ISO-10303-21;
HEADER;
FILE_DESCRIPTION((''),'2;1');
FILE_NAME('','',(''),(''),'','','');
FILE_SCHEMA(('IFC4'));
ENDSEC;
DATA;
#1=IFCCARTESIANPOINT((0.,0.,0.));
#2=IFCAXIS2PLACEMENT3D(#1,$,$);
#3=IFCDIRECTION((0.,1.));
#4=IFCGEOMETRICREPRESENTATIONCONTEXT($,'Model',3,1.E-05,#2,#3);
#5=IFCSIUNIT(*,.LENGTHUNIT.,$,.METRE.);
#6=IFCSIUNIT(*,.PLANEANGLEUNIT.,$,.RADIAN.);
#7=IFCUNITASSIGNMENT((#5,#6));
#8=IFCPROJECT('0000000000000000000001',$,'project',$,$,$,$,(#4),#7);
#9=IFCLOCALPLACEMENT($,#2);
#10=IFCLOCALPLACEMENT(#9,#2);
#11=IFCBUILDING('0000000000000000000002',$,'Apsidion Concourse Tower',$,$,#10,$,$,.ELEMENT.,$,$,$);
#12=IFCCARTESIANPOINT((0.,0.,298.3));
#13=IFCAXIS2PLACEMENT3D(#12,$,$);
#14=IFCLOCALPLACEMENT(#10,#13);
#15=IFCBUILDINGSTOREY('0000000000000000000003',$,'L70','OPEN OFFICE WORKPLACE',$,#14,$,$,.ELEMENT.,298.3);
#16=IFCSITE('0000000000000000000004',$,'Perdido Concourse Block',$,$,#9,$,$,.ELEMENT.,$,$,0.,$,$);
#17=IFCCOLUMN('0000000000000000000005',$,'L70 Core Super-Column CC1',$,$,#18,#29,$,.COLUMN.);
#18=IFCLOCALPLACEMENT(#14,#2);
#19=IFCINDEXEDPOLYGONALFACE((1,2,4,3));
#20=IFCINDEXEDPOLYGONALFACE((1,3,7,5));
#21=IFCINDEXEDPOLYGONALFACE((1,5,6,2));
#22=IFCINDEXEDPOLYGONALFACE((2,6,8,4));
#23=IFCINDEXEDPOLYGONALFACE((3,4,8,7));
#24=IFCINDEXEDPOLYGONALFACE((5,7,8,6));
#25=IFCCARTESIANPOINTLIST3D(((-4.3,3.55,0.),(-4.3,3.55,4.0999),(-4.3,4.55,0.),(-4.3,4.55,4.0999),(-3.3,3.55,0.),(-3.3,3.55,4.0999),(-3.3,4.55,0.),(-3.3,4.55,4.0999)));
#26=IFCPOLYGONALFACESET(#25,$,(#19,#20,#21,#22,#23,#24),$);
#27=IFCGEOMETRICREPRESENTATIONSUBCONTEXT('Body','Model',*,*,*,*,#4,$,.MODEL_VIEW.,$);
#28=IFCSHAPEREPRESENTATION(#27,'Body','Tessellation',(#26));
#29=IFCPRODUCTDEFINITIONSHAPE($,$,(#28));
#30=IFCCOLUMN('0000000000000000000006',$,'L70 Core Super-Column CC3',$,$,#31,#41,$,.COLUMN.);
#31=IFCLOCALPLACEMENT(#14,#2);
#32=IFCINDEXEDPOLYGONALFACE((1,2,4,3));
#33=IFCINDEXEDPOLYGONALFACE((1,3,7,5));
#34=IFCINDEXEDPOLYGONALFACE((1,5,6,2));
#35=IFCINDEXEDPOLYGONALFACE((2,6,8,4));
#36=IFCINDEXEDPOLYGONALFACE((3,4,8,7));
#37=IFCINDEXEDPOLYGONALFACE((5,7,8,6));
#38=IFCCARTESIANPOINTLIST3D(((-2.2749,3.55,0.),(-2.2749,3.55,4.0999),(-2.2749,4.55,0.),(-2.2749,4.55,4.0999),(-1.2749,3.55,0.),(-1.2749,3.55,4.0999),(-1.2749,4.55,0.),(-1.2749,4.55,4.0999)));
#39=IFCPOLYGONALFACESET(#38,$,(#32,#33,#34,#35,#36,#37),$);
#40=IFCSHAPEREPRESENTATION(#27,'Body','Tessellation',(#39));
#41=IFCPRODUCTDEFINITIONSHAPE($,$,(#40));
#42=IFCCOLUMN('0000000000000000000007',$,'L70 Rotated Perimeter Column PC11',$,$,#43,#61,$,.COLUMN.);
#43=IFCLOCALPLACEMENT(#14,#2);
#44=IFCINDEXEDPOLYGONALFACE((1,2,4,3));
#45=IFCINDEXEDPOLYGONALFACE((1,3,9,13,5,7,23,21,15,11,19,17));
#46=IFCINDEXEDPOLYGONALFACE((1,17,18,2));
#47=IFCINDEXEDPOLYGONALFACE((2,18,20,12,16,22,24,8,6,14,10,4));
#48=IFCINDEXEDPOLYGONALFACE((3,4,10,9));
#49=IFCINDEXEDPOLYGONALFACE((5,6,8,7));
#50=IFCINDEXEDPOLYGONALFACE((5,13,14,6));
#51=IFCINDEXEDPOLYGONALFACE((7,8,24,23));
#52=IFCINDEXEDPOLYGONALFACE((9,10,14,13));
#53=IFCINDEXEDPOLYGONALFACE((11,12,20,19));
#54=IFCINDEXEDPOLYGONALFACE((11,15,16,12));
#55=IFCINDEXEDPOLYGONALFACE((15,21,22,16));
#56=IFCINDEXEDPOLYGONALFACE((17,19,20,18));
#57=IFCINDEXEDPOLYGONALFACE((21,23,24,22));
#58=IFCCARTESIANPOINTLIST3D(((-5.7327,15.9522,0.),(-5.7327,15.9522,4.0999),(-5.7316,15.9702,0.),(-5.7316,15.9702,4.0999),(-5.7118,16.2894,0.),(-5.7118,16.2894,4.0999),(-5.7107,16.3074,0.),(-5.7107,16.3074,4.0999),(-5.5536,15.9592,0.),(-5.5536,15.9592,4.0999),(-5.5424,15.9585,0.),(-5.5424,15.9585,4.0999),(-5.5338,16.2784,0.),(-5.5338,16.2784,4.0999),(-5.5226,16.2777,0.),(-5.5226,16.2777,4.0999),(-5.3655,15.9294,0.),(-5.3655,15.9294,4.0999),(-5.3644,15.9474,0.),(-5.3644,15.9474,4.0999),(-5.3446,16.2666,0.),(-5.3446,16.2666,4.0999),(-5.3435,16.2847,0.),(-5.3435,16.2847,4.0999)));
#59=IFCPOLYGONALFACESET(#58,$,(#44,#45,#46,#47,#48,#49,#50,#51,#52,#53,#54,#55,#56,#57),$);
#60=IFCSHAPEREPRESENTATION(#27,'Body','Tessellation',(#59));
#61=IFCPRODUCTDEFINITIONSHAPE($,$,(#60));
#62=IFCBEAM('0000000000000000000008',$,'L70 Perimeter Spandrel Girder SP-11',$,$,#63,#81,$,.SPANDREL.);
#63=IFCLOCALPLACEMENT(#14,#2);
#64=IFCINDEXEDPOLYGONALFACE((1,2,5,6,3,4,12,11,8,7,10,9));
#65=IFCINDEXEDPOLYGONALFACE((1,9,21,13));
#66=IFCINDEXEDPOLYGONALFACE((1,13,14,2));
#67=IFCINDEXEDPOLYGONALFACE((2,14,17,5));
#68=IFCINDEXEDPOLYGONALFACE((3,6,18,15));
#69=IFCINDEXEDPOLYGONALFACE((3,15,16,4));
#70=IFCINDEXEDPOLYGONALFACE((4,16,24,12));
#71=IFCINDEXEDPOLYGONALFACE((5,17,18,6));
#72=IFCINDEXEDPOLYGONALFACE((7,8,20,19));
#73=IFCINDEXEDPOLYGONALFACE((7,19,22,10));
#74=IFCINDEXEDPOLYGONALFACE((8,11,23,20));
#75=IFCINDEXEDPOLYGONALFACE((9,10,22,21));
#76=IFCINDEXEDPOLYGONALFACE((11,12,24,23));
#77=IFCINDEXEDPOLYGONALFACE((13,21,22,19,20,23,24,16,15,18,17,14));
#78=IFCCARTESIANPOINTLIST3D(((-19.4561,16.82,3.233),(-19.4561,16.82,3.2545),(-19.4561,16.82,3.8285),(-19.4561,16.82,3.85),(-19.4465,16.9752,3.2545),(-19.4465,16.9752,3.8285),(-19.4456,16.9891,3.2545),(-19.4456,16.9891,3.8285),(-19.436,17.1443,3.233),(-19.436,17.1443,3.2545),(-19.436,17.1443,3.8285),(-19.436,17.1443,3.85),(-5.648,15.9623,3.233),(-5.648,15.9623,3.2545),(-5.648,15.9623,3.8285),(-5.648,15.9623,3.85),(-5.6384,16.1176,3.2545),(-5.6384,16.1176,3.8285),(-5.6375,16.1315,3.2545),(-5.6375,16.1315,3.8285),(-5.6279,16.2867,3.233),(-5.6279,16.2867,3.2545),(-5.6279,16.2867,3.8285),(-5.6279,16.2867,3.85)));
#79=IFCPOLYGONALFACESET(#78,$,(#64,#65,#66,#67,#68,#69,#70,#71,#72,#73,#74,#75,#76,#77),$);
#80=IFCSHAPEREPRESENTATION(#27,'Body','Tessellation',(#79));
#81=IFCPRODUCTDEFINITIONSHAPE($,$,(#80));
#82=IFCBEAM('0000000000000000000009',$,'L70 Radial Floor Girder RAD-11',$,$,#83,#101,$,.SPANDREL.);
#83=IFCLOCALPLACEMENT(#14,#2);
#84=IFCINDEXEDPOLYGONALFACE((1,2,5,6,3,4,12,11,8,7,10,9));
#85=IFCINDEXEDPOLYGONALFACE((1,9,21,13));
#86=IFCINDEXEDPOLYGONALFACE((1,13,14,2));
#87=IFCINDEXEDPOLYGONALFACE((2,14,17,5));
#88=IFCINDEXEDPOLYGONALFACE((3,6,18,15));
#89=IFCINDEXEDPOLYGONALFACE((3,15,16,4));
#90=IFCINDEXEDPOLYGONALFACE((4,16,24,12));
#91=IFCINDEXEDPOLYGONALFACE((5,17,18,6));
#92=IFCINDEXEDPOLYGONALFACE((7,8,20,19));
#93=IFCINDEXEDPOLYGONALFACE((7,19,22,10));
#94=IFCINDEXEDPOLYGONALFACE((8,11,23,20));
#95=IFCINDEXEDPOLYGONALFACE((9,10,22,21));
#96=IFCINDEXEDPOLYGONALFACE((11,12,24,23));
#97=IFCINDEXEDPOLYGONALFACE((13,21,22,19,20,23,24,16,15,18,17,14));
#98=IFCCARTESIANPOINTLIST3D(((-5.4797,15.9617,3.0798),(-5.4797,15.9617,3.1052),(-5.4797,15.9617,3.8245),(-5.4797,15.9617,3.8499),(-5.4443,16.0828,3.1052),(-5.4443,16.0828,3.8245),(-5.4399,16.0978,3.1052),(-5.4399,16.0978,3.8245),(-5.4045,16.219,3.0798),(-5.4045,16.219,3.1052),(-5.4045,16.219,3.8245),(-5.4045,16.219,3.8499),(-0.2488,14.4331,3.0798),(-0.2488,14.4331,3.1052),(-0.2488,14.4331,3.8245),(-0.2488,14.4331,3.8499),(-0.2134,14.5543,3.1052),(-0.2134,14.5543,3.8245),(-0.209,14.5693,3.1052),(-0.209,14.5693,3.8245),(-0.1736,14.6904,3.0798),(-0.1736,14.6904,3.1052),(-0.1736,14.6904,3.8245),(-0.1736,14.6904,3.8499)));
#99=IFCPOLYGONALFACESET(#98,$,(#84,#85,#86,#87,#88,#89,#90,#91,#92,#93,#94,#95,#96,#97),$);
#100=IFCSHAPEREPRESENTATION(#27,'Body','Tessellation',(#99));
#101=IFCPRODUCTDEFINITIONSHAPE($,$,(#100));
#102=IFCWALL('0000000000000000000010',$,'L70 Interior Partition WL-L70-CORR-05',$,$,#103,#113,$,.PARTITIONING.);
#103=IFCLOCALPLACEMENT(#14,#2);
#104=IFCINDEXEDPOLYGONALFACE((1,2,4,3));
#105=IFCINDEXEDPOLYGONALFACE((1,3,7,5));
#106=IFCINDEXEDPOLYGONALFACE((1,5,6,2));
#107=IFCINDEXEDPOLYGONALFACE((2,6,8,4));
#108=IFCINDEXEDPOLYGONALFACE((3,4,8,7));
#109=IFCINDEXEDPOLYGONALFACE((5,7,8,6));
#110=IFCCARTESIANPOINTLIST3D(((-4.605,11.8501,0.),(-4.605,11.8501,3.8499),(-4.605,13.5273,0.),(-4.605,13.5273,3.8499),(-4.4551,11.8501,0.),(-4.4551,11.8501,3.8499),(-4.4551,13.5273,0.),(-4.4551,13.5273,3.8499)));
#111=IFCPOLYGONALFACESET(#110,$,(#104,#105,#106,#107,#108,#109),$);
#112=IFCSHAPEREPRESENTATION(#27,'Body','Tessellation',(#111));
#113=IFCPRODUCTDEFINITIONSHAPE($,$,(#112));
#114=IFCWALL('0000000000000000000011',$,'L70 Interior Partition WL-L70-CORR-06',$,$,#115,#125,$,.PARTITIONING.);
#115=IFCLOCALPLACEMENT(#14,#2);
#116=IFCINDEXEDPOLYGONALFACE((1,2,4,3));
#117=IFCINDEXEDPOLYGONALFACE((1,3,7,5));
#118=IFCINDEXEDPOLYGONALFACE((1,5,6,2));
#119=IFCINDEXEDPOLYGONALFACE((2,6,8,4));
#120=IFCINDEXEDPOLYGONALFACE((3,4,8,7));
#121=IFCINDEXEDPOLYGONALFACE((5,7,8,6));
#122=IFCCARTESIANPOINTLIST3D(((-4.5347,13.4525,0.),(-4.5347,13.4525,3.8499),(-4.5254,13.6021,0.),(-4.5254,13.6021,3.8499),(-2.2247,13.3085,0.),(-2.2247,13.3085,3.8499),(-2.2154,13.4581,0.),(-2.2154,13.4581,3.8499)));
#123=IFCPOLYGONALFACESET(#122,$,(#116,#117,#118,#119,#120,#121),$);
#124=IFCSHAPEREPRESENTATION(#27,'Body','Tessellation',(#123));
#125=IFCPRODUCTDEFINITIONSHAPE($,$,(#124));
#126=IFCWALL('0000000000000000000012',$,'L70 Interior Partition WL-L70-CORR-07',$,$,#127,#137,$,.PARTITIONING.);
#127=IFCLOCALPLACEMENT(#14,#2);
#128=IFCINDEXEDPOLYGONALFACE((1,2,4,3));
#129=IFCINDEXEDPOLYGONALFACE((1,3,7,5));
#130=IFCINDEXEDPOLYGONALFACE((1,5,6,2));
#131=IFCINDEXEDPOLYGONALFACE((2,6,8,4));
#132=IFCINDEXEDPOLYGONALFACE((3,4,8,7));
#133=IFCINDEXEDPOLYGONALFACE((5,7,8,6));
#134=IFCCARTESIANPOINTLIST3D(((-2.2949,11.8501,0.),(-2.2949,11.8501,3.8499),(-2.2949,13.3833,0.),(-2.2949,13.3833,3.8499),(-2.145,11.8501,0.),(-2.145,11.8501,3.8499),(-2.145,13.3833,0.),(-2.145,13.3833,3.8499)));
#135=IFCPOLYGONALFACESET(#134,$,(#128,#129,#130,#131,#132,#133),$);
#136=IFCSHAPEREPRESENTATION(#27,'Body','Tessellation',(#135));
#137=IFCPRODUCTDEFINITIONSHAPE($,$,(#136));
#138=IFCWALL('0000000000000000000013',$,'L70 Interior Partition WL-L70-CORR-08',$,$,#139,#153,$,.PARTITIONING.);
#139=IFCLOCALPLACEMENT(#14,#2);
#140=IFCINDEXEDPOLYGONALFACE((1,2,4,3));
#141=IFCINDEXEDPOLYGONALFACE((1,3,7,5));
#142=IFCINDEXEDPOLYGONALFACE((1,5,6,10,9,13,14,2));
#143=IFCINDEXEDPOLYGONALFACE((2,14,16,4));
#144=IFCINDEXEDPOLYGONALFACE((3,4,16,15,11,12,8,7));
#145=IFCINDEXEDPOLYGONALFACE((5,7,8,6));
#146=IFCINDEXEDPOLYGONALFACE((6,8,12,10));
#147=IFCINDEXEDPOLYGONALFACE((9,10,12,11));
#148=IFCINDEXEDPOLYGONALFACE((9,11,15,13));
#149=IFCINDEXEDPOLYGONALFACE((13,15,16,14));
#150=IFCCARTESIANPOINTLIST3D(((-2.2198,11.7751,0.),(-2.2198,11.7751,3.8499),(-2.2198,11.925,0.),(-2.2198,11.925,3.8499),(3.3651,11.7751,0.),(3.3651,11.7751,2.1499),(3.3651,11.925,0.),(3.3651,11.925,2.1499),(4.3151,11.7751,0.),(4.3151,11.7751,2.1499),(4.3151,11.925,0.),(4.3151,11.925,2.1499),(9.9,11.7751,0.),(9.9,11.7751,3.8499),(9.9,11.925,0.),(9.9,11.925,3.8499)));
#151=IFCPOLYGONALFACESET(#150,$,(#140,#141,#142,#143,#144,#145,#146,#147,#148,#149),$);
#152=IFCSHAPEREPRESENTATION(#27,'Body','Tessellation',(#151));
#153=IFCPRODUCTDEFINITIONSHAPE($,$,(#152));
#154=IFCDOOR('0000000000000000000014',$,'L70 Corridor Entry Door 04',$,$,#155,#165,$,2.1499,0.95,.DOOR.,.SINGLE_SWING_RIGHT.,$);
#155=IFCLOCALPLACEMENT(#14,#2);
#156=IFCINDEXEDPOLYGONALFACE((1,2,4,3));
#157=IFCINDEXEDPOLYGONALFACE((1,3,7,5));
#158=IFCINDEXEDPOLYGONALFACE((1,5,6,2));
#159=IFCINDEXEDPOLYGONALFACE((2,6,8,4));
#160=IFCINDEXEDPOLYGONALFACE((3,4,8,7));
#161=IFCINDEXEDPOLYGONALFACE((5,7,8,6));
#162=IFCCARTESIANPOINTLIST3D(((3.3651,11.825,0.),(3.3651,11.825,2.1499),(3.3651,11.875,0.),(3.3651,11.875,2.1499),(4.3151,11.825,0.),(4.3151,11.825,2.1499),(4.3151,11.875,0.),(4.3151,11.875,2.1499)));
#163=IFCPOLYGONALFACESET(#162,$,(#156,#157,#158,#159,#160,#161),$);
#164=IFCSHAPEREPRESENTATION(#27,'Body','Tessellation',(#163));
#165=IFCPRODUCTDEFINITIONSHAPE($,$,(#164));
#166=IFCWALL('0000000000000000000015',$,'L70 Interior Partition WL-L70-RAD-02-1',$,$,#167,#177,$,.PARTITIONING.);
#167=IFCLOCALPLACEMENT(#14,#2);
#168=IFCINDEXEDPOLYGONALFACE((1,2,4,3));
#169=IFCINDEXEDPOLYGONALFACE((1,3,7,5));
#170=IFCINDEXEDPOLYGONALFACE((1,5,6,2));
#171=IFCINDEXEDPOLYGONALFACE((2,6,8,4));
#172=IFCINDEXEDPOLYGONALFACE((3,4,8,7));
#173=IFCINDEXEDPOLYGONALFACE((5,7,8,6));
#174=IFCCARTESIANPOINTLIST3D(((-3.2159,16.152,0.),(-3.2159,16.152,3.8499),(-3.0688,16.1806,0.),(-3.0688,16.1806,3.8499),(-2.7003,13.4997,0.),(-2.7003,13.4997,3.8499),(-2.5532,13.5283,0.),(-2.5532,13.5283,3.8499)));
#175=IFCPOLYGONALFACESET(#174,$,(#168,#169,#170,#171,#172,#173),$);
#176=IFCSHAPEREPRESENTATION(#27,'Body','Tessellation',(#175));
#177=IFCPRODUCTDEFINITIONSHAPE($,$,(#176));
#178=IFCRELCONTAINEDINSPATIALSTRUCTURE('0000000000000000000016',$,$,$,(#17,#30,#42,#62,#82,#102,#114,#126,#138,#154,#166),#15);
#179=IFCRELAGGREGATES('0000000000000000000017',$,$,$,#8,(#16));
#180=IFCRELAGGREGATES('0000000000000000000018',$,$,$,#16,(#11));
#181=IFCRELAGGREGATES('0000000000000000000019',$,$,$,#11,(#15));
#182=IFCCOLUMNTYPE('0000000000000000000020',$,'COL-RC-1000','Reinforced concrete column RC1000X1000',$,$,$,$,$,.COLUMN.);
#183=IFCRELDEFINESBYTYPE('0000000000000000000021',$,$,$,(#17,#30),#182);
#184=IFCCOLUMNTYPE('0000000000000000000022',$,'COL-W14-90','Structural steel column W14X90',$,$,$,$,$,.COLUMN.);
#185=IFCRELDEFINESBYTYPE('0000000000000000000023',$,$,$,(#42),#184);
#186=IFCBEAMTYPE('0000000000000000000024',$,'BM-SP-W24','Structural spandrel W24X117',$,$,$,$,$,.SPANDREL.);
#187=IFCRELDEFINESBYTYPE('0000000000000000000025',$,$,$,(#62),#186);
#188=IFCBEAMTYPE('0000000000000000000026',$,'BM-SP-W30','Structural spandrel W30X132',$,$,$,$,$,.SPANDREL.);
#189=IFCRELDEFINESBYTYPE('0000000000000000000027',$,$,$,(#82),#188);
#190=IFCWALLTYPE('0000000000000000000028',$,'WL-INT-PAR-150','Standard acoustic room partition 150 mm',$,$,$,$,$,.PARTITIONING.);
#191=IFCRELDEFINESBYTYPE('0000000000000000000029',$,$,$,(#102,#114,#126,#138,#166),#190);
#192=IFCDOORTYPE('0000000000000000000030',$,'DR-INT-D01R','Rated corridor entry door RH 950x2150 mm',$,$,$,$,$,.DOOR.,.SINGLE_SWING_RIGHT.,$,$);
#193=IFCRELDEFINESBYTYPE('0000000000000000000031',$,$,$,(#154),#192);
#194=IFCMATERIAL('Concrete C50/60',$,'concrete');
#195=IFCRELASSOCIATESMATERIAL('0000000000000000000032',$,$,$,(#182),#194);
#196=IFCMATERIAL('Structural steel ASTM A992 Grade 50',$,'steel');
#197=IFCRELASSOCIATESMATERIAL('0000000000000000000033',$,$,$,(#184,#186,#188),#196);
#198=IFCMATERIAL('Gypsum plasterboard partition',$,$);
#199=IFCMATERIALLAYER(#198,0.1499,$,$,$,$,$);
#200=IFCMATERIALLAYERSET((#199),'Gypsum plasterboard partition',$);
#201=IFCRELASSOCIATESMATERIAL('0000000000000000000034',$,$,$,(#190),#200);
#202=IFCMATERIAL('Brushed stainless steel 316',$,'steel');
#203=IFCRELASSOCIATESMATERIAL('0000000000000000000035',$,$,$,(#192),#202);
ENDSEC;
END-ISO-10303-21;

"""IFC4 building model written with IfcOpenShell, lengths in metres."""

from ifc_helpers import new_model, si_unit, direction, frame, frame_2d, origin, origin_2d, place, context, subcontext, project, spatial, rectangle, i_section, extrude, material, layer, layer_set, material_profile, profile_set, type_object, element, fill, save


model = new_model("IFC4")

# Units and contexts
model_context = context("Model", 3, precision=1e-05, world=origin(), true_north=direction((0.0, 1.0)))
body_context = subcontext(model_context, "Body", "Model", "MODEL_VIEW")
ifc_project = project(units=[si_unit("LENGTHUNIT", "METRE"), si_unit("PLANEANGLEUNIT", "RADIAN")], contexts=[model_context])

# Site, building, storey
site_placement = place(None, origin())
site = spatial("IfcSite", under=ifc_project, at=site_placement, Name="Perdido Concourse Block", CompositionType="ELEMENT", RefElevation=0.0)
building_placement = place(site_placement, origin())
building = spatial("IfcBuilding", under=site, at=building_placement, Name="Apsidion Concourse Tower", CompositionType="ELEMENT")
storey_placement = place(building_placement, frame((0.0, 0.0, 298.3)))
storey = spatial("IfcBuildingStorey", under=building, at=storey_placement, Name="L70", Description="OPEN OFFICE WORKPLACE", CompositionType="ELEMENT", Elevation=298.3)

# Columns
ifc_material_1 = material(Name="Concrete C50/60", Category="concrete")
ifc_material_profile_1 = material_profile(ifc_material_1, rectangle(XDim=1.0, YDim=1.0, at=origin_2d()), Name="RC 1000x1000")
ifc_profile_set_1 = profile_set([ifc_material_profile_1], Name="Concrete C50/60")
column_type_1 = type_object("IfcColumnType", Name="COL-RC-1000", Description="Reinforced concrete column RC1000X1000", PredefinedType="COLUMN", material=ifc_profile_set_1)
for number, where, z_axis, x_axis, name in (
    (1, (-3.8, 4.05, 0.0), (0.0, 0.0, 1.0), (1.0, 0.0, 0.0), "L70 Core Super-Column CC1"),
    (2, (-1.7749, 4.05, 0.0), (0.0, 0.0, 1.0), (1.0, 0.0, 0.0), "L70 Core Super-Column CC3"),
):
    element("IfcColumn", number, at=place(storey_placement, frame(where, z_axis=z_axis, x_axis=x_axis)), inside=storey, type_object=column_type_1, Name=name, PredefinedType="COLUMN", context=body_context, shape_type="SweptSolid", body=[
        extrude(rectangle(XDim=1.0, YDim=1.0, at=origin_2d()), origin(), (0.0, 0.0, 1.0), 4.0999),
    ])
ifc_material_2 = material(Name="Structural steel ASTM A992 Grade 50", Category="steel")
ifc_material_profile_2 = material_profile(ifc_material_2, i_section(OverallWidth=0.3679, OverallDepth=0.356, WebThickness=0.0112, FlangeThickness=0.0181, at=origin_2d()), Name="W14X90")
ifc_profile_set_2 = profile_set([ifc_material_profile_2], Name="Structural steel ASTM A992 Grade 50")
column_type_2 = type_object("IfcColumnType", Name="COL-W14-90", Description="Structural steel column W14X90", PredefinedType="COLUMN", material=ifc_profile_set_2)
column_placement = place(storey_placement, frame((-5.5381, 16.1184, 0.0), z_axis=(0.0, 0.0, 1.0), x_axis=(-0.998081, 0.06192, 0.0)))
element("IfcColumn", 3, at=column_placement, inside=storey, type_object=column_type_2, Name="L70 Rotated Perimeter Column PC11", PredefinedType="COLUMN", context=body_context, shape_type="SweptSolid", body=[
    extrude(i_section(OverallWidth=0.3679, OverallDepth=0.356, WebThickness=0.0112, FlangeThickness=0.0181, at=origin_2d()), origin(), (0.0, 0.0, 1.0), 4.0999),
])

# Beams
ifc_material_profile_3 = material_profile(ifc_material_2, i_section(OverallWidth=0.325, OverallDepth=0.6169, WebThickness=0.0139, FlangeThickness=0.0215, at=origin_2d()), Name="W24X117")
ifc_profile_set_3 = profile_set([ifc_material_profile_3], Name="Structural steel ASTM A992 Grade 50")
beam_type_1 = type_object("IfcBeamType", Name="BM-SP-W24", Description="Structural spandrel W24X117", PredefinedType="SPANDREL", material=ifc_profile_set_3)
beam_1_placement = place(storey_placement, frame((-5.6379, 16.1245, 3.5415), z_axis=(-0.998077, 0.061994, 0.0), x_axis=(-0.061994, -0.998077, 0.0)))
element("IfcBeam", 4, at=beam_1_placement, inside=storey, type_object=beam_type_1, Name="L70 Perimeter Spandrel Girder SP-11", PredefinedType="SPANDREL", context=body_context, shape_type="SweptSolid", body=[
    extrude(i_section(OverallWidth=0.325, OverallDepth=0.6169, WebThickness=0.0139, FlangeThickness=0.0215, at=origin_2d()), origin(), (0.0, 0.0, 1.0), 13.8347),
])
ifc_material_profile_4 = material_profile(ifc_material_2, i_section(OverallWidth=0.2681, OverallDepth=0.77, WebThickness=0.0156, FlangeThickness=0.0254, at=origin_2d()), Name="W30X132")
ifc_profile_set_4 = profile_set([ifc_material_profile_4], Name="Structural steel ASTM A992 Grade 50")
beam_type_2 = type_object("IfcBeamType", Name="BM-SP-W30", Description="Structural spandrel W30X132", PredefinedType="SPANDREL", material=ifc_profile_set_4)
beam_2_placement = place(storey_placement, frame((-0.2112, 14.5618, 3.4648), z_axis=(-0.959858, 0.280485, 0.0), x_axis=(-0.280485, -0.959858, 0.0)))
element("IfcBeam", 5, at=beam_2_placement, inside=storey, type_object=beam_type_2, Name="L70 Radial Floor Girder RAD-11", PredefinedType="SPANDREL", context=body_context, shape_type="SweptSolid", body=[
    extrude(i_section(OverallWidth=0.2681, OverallDepth=0.77, WebThickness=0.0156, FlangeThickness=0.0254, at=origin_2d()), origin(), (0.0, 0.0, 1.0), 5.4497),
])

# Walls
ifc_material_3 = material(Name="Gypsum plasterboard partition")
ifc_layer_1 = layer(ifc_material_3, 0.1499)
ifc_layer_set_1 = layer_set([ifc_layer_1], Name="Gypsum plasterboard partition")
wall_type_1 = type_object("IfcWallType", Name="WL-INT-PAR-150", Description="Standard acoustic room partition 150 mm", PredefinedType="PARTITIONING", material=ifc_layer_set_1)
wall_1_placement = place(storey_placement, frame((-4.53, 11.8501, 0.0), z_axis=(0.0, 0.0, 1.0), x_axis=(0.0, 1.0, 0.0)))
element("IfcWall", 6, at=wall_1_placement, inside=storey, type_object=wall_type_1, Name="L70 Interior Partition WL-L70-CORR-05", PredefinedType="PARTITIONING", context=body_context, shape_type="SweptSolid", body=[
    extrude(rectangle(XDim=1.6772, YDim=0.1499, at=frame_2d((0.8386, 0.0))), origin(), (0.0, 0.0, 1.0), 3.8499),
])
wall_2_placement = place(storey_placement, frame((-4.53, 13.5273, 0.0), z_axis=(0.0, 0.0, 1.0), x_axis=(0.998062, -0.062234, 0.0)))
element("IfcWall", 7, at=wall_2_placement, inside=storey, type_object=wall_type_1, Name="L70 Interior Partition WL-L70-CORR-06", PredefinedType="PARTITIONING", context=body_context, shape_type="SweptSolid", body=[
    extrude(rectangle(XDim=2.3145, YDim=0.1499, at=frame_2d((1.1572, 0.0))), origin(), (0.0, 0.0, 1.0), 3.8499),
])
wall_3_placement = place(storey_placement, frame((-2.22, 13.3833, 0.0), z_axis=(0.0, 0.0, 1.0), x_axis=(0.0, -1.0, 0.0)))
element("IfcWall", 8, at=wall_3_placement, inside=storey, type_object=wall_type_1, Name="L70 Interior Partition WL-L70-CORR-07", PredefinedType="PARTITIONING", context=body_context, shape_type="SweptSolid", body=[
    extrude(rectangle(XDim=1.5332, YDim=0.1499, at=frame_2d((0.7666, 0.0))), origin(), (0.0, 0.0, 1.0), 3.8499),
])

# Wall, opening, door
wall_4_placement = place(storey_placement, frame((-2.22, 11.8501, 0.0), z_axis=(0.0, 0.0, 1.0), x_axis=(1.0, 0.0, 0.0)))
wall_4 = element("IfcWall", 9, at=wall_4_placement, inside=storey, type_object=wall_type_1, Name="L70 Interior Partition WL-L70-CORR-08", PredefinedType="PARTITIONING", context=body_context, shape_type="SweptSolid", body=[
    extrude(rectangle(XDim=12.1199, YDim=0.1499, at=frame_2d((6.0601, 0.0))), origin(), (0.0, 0.0, 1.0), 3.8499),
])
opening_placement = place(wall_4_placement, frame((5.585, 0.0, 0.0)))
opening = element("IfcOpeningElement", 10, at=opening_placement, cuts=wall_4, PredefinedType="OPENING", context=body_context, shape_type="SweptSolid", body=[
    extrude(rectangle(XDim=0.95, YDim=2.1499, at=frame_2d((0.4751, 1.075))), frame((0.0, 0.085, 0.0), z_axis=(0.0, -1.0, 0.0), x_axis=(1.0, 0.0, 0.0)), (0.0, 0.0, 1.0), 0.1699),
])
ifc_material_4 = material(Name="Brushed stainless steel 316", Category="steel")
door_type = type_object("IfcDoorType", Name="DR-INT-D01R", Description="Rated corridor entry door RH 950x2150 mm", OperationType="SINGLE_SWING_RIGHT", PredefinedType="DOOR", material=ifc_material_4)
door_placement = place(opening_placement, origin())
door = element("IfcDoor", 11, at=door_placement, inside=storey, type_object=door_type, Name="L70 Corridor Entry Door 04", OperationType="SINGLE_SWING_RIGHT", OverallHeight=2.1499, OverallWidth=0.95, PredefinedType="DOOR", context=body_context, shape_type="SweptSolid", body=[
    extrude(rectangle(XDim=0.95, YDim=2.1499, at=frame_2d((0.4751, 1.075))), frame((0.0, 0.0249, 0.0), z_axis=(0.0, -1.0, 0.0), x_axis=(1.0, 0.0, 0.0)), (0.0, 0.0, 1.0), 0.05),
])
fill(opening, door)

# Wall
wall_5_placement = place(storey_placement, frame((-2.6267, 13.5139, 0.0), z_axis=(0.0, 0.0, 1.0), x_axis=(-0.190831, 0.981623, 0.0)))
element("IfcWall", 12, at=wall_5_placement, inside=storey, type_object=wall_type_1, Name="L70 Interior Partition WL-L70-RAD-02-1", PredefinedType="PARTITIONING", context=body_context, shape_type="SweptSolid", body=[
    extrude(rectangle(XDim=2.7019, YDim=0.1499, at=frame_2d((1.3511, 0.0))), origin(), (0.0, 0.0, 1.0), 3.8499),
])

save(model, "model.ifc")
